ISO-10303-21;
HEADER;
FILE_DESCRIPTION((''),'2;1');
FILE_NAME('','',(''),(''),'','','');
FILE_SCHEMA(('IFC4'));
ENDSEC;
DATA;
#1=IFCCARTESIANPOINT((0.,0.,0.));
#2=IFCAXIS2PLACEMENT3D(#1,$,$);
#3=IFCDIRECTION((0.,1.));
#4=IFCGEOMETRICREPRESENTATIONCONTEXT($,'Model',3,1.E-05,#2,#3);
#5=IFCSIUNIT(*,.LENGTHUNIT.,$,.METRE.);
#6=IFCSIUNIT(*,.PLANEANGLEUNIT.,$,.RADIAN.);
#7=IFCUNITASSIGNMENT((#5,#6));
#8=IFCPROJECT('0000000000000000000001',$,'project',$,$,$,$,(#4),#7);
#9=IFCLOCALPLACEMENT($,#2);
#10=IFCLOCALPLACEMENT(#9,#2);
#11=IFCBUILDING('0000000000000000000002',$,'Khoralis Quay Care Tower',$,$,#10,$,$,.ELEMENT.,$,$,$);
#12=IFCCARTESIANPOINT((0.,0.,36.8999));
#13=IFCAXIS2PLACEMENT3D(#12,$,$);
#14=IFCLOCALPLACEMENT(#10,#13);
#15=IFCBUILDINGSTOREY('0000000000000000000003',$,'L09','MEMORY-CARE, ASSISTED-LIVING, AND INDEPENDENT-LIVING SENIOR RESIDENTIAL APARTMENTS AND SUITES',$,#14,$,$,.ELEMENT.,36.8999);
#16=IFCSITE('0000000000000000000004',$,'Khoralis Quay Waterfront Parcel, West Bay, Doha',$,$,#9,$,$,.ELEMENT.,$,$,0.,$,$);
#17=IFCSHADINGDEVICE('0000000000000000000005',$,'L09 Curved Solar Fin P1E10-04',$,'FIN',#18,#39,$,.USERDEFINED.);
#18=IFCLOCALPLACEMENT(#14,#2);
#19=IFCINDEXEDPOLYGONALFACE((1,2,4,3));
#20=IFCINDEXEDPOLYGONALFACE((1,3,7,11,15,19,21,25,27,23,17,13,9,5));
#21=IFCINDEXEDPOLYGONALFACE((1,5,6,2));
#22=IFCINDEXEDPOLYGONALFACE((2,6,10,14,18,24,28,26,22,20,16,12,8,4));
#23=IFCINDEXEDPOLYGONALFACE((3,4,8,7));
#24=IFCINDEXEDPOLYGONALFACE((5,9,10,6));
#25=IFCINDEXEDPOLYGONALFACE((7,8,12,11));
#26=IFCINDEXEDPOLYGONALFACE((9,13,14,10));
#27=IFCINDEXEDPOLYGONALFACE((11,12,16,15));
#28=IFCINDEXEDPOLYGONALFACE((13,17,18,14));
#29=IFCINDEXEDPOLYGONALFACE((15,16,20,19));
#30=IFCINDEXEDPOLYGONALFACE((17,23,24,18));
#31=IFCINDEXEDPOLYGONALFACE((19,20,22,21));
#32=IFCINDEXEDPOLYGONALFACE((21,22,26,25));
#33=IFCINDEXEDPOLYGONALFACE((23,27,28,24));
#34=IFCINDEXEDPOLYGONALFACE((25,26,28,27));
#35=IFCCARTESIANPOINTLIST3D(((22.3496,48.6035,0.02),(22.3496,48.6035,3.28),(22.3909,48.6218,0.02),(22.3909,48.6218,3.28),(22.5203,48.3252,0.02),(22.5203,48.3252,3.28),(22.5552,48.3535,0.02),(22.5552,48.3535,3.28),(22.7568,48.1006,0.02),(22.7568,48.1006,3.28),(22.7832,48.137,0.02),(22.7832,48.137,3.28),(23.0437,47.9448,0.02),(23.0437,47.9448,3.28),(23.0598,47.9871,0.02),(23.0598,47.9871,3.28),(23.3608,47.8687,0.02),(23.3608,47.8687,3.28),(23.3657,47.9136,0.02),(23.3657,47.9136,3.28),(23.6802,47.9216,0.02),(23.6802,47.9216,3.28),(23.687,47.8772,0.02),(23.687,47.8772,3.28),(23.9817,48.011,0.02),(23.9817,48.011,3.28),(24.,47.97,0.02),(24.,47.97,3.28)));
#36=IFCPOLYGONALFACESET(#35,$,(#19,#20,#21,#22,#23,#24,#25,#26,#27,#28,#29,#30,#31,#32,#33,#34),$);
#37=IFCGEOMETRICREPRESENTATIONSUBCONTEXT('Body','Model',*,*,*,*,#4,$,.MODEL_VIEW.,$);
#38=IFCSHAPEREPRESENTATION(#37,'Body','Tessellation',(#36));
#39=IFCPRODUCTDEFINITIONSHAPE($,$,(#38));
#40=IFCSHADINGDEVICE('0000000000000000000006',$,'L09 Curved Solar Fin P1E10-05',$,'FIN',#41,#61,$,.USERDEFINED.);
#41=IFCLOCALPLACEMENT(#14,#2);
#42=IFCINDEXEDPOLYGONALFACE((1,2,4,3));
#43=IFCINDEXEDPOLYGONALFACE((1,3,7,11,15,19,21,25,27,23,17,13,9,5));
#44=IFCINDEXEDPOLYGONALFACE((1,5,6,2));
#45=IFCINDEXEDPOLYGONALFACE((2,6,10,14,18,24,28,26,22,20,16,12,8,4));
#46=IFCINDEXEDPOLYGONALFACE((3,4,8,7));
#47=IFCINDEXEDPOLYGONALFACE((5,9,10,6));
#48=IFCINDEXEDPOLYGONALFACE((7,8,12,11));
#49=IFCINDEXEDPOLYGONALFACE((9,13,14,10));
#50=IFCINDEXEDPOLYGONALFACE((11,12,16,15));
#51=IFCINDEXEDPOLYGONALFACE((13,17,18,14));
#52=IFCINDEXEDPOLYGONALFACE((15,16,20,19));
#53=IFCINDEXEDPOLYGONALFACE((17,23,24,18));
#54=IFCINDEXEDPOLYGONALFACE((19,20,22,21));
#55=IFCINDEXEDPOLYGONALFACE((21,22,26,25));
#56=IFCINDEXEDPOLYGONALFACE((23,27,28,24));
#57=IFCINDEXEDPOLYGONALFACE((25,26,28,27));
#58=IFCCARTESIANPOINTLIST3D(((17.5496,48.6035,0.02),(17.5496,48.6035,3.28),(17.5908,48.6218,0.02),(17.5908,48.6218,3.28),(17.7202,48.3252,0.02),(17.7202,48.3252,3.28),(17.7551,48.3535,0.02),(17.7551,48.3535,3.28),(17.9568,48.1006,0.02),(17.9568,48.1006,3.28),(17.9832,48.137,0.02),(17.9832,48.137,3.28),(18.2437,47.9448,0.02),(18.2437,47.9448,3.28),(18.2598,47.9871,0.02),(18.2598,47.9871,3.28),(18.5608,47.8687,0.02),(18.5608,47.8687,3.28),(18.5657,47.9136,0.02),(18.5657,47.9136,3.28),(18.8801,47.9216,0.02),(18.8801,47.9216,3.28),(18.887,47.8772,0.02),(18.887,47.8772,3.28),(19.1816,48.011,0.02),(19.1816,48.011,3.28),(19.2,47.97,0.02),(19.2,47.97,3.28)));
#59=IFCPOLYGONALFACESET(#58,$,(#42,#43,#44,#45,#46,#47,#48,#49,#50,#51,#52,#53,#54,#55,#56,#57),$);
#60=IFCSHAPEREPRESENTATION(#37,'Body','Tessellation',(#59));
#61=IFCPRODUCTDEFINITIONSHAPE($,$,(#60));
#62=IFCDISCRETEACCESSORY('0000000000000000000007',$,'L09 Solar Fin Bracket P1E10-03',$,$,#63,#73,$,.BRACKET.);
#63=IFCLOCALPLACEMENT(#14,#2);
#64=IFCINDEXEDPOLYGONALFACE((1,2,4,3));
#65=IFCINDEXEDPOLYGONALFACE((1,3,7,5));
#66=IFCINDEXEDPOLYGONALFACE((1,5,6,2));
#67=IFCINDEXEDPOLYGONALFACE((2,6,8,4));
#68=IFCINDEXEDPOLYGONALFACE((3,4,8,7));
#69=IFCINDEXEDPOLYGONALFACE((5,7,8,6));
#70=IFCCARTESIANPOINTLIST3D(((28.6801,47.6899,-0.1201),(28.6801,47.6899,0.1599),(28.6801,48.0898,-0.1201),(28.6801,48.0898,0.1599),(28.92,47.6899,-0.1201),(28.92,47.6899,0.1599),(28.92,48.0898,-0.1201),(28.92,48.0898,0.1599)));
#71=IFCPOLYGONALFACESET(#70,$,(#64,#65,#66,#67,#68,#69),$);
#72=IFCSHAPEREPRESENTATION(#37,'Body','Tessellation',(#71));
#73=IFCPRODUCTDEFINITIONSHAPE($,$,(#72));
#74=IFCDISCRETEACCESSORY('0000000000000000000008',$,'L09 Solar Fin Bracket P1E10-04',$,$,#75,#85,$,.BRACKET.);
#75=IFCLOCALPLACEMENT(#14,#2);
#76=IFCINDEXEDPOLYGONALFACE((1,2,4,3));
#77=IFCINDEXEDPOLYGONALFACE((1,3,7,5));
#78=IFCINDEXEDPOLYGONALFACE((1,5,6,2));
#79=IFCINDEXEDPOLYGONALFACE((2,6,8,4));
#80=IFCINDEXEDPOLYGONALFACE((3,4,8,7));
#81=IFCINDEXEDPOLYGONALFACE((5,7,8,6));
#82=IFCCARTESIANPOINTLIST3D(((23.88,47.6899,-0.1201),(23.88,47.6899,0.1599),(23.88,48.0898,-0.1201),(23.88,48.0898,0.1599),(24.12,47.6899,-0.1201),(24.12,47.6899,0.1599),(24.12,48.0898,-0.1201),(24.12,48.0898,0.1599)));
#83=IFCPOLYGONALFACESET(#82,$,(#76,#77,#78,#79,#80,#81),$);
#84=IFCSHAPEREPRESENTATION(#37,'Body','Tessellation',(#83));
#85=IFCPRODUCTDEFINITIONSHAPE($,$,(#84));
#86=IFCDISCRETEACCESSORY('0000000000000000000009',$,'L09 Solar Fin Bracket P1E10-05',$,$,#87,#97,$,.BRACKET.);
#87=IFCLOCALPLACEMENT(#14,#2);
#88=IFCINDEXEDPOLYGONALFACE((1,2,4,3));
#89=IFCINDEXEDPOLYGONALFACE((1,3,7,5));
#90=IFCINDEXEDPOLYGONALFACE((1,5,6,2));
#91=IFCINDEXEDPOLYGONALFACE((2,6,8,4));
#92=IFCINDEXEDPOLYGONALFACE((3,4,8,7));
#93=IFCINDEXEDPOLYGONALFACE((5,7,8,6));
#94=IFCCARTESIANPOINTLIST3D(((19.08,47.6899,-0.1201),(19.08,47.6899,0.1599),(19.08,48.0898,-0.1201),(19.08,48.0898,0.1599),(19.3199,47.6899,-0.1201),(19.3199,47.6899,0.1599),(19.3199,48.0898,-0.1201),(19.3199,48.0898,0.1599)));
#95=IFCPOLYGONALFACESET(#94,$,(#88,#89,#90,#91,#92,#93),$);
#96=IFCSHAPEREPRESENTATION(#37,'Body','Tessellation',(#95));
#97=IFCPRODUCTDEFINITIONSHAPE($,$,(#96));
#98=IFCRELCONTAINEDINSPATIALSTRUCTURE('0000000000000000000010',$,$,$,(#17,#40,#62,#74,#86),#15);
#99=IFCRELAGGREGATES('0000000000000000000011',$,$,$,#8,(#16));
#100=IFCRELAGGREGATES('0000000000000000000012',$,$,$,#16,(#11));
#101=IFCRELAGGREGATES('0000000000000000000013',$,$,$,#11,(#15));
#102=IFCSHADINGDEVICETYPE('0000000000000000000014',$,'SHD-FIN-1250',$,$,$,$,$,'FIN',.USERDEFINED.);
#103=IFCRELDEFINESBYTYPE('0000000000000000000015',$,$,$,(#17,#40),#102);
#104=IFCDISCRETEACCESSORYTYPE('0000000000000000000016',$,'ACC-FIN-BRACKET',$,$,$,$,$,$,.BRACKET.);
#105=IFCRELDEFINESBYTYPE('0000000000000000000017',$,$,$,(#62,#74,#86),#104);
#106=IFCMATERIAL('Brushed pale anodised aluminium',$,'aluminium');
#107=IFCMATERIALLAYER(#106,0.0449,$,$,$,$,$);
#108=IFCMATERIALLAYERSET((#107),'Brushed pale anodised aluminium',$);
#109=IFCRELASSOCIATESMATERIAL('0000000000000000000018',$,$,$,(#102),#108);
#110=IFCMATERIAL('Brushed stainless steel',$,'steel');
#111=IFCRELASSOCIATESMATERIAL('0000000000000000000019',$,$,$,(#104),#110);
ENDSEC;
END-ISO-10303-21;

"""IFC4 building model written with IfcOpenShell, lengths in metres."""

from ifc_helpers import new_model, si_unit, direction, frame, origin, origin_2d, place, context, subcontext, project, spatial, polyline, rectangle, outline, extrude, source, transform, mapped, material, layer, layer_set, type_object, element, save


model = new_model("IFC4")

# Units and contexts
model_context = context("Model", 3, precision=1e-05, world=origin(), true_north=direction((0.0, 1.0)))
body_context = subcontext(model_context, "Body", "Model", "MODEL_VIEW")
ifc_project = project(units=[si_unit("LENGTHUNIT", "METRE"), si_unit("PLANEANGLEUNIT", "RADIAN")], contexts=[model_context])

# Site, building, storey
site_placement = place(None, origin())
site = spatial("IfcSite", under=ifc_project, at=site_placement, Name="Khoralis Quay Waterfront Parcel, West Bay, Doha", CompositionType="ELEMENT", RefElevation=0.0)
building_placement = place(site_placement, origin())
building = spatial("IfcBuilding", under=site, at=building_placement, Name="Khoralis Quay Care Tower", CompositionType="ELEMENT")
storey_placement = place(building_placement, frame((0.0, 0.0, 36.8999)))
storey = spatial("IfcBuildingStorey", under=building, at=storey_placement, Name="L09", Description="MEMORY-CARE, ASSISTED-LIVING, AND INDEPENDENT-LIVING SENIOR RESIDENTIAL APARTMENTS AND SUITES", CompositionType="ELEMENT", Elevation=36.8999)

# Shading devices
ifc_material_1 = material(Name="Brushed pale anodised aluminium", Category="aluminium")
ifc_layer_1 = layer(ifc_material_1, 0.0449)
ifc_layer_set_1 = layer_set([ifc_layer_1], Name="Brushed pale anodised aluminium")
shading_device_type = type_object("IfcShadingDeviceType", Name="SHD-FIN-1250", ElementType="FIN", PredefinedType="USERDEFINED", material=ifc_layer_set_1)
shared_shape_1 = source(origin(), body_context, "Body", "SweptSolid", [
    extrude(outline(polyline([(0.0, 0.0), (-0.0928, 0.313), (-0.1013, 0.6392), (-0.0251, 0.9563), (0.1306, 1.2432), (0.3552, 1.4797), (0.6335, 1.6504), (0.6519, 1.6091), (0.3835, 1.4448), (0.167, 1.2168), (0.0171, 0.9402), (-0.0564, 0.6343), (-0.0483, 0.3198), (0.041, 0.0183), (0.0, 0.0)])), origin(), (0.0, 0.0, 1.0), 3.26),
])
for number, where, z_axis, x_axis, name in (
    (1, (24.0, 47.97, 0.02), (0.0, 0.0, 1.0), (0.0, 1.0, 0.0), "L09 Curved Solar Fin P1E10-04"),
    (2, (19.2, 47.97, 0.02), (0.0, 0.0, 1.0), (0.0, 1.0, 0.0), "L09 Curved Solar Fin P1E10-05"),
):
    element("IfcShadingDevice", number, at=place(storey_placement, frame(where, z_axis=z_axis, x_axis=x_axis)), inside=storey, type_object=shading_device_type, Name=name, ObjectType="FIN", PredefinedType="USERDEFINED", context=body_context, shape_type="MappedRepresentation", body=[
        mapped(shared_shape_1, transform((0.0, 0.0, 0.0), scale=1.0)),
    ])

# Discrete accessories
ifc_material_2 = material(Name="Brushed stainless steel", Category="steel")
discrete_accessory_type = type_object("IfcDiscreteAccessoryType", Name="ACC-FIN-BRACKET", PredefinedType="BRACKET", material=ifc_material_2)
shared_shape_2 = source(origin(), body_context, "Body", "SweptSolid", [
    extrude(rectangle(XDim=0.3999, YDim=0.24, at=origin_2d()), origin(), (0.0, 0.0, 1.0), 0.28),
])
for number, where, z_axis, x_axis, name in (
    (3, (28.8, 47.8899, -0.1201), (0.0, 0.0, 1.0), (0.0, 1.0, 0.0), "L09 Solar Fin Bracket P1E10-03"),
    (4, (24.0, 47.8899, -0.1201), (0.0, 0.0, 1.0), (0.0, 1.0, 0.0), "L09 Solar Fin Bracket P1E10-04"),
    (5, (19.2, 47.8899, -0.1201), (0.0, 0.0, 1.0), (0.0, 1.0, 0.0), "L09 Solar Fin Bracket P1E10-05"),
):
    element("IfcDiscreteAccessory", number, at=place(storey_placement, frame(where, z_axis=z_axis, x_axis=x_axis)), inside=storey, type_object=discrete_accessory_type, Name=name, PredefinedType="BRACKET", context=body_context, shape_type="MappedRepresentation", body=[
        mapped(shared_shape_2, transform((0.0, 0.0, 0.0), scale=1.0)),
    ])

save(model, "model.ifc")
